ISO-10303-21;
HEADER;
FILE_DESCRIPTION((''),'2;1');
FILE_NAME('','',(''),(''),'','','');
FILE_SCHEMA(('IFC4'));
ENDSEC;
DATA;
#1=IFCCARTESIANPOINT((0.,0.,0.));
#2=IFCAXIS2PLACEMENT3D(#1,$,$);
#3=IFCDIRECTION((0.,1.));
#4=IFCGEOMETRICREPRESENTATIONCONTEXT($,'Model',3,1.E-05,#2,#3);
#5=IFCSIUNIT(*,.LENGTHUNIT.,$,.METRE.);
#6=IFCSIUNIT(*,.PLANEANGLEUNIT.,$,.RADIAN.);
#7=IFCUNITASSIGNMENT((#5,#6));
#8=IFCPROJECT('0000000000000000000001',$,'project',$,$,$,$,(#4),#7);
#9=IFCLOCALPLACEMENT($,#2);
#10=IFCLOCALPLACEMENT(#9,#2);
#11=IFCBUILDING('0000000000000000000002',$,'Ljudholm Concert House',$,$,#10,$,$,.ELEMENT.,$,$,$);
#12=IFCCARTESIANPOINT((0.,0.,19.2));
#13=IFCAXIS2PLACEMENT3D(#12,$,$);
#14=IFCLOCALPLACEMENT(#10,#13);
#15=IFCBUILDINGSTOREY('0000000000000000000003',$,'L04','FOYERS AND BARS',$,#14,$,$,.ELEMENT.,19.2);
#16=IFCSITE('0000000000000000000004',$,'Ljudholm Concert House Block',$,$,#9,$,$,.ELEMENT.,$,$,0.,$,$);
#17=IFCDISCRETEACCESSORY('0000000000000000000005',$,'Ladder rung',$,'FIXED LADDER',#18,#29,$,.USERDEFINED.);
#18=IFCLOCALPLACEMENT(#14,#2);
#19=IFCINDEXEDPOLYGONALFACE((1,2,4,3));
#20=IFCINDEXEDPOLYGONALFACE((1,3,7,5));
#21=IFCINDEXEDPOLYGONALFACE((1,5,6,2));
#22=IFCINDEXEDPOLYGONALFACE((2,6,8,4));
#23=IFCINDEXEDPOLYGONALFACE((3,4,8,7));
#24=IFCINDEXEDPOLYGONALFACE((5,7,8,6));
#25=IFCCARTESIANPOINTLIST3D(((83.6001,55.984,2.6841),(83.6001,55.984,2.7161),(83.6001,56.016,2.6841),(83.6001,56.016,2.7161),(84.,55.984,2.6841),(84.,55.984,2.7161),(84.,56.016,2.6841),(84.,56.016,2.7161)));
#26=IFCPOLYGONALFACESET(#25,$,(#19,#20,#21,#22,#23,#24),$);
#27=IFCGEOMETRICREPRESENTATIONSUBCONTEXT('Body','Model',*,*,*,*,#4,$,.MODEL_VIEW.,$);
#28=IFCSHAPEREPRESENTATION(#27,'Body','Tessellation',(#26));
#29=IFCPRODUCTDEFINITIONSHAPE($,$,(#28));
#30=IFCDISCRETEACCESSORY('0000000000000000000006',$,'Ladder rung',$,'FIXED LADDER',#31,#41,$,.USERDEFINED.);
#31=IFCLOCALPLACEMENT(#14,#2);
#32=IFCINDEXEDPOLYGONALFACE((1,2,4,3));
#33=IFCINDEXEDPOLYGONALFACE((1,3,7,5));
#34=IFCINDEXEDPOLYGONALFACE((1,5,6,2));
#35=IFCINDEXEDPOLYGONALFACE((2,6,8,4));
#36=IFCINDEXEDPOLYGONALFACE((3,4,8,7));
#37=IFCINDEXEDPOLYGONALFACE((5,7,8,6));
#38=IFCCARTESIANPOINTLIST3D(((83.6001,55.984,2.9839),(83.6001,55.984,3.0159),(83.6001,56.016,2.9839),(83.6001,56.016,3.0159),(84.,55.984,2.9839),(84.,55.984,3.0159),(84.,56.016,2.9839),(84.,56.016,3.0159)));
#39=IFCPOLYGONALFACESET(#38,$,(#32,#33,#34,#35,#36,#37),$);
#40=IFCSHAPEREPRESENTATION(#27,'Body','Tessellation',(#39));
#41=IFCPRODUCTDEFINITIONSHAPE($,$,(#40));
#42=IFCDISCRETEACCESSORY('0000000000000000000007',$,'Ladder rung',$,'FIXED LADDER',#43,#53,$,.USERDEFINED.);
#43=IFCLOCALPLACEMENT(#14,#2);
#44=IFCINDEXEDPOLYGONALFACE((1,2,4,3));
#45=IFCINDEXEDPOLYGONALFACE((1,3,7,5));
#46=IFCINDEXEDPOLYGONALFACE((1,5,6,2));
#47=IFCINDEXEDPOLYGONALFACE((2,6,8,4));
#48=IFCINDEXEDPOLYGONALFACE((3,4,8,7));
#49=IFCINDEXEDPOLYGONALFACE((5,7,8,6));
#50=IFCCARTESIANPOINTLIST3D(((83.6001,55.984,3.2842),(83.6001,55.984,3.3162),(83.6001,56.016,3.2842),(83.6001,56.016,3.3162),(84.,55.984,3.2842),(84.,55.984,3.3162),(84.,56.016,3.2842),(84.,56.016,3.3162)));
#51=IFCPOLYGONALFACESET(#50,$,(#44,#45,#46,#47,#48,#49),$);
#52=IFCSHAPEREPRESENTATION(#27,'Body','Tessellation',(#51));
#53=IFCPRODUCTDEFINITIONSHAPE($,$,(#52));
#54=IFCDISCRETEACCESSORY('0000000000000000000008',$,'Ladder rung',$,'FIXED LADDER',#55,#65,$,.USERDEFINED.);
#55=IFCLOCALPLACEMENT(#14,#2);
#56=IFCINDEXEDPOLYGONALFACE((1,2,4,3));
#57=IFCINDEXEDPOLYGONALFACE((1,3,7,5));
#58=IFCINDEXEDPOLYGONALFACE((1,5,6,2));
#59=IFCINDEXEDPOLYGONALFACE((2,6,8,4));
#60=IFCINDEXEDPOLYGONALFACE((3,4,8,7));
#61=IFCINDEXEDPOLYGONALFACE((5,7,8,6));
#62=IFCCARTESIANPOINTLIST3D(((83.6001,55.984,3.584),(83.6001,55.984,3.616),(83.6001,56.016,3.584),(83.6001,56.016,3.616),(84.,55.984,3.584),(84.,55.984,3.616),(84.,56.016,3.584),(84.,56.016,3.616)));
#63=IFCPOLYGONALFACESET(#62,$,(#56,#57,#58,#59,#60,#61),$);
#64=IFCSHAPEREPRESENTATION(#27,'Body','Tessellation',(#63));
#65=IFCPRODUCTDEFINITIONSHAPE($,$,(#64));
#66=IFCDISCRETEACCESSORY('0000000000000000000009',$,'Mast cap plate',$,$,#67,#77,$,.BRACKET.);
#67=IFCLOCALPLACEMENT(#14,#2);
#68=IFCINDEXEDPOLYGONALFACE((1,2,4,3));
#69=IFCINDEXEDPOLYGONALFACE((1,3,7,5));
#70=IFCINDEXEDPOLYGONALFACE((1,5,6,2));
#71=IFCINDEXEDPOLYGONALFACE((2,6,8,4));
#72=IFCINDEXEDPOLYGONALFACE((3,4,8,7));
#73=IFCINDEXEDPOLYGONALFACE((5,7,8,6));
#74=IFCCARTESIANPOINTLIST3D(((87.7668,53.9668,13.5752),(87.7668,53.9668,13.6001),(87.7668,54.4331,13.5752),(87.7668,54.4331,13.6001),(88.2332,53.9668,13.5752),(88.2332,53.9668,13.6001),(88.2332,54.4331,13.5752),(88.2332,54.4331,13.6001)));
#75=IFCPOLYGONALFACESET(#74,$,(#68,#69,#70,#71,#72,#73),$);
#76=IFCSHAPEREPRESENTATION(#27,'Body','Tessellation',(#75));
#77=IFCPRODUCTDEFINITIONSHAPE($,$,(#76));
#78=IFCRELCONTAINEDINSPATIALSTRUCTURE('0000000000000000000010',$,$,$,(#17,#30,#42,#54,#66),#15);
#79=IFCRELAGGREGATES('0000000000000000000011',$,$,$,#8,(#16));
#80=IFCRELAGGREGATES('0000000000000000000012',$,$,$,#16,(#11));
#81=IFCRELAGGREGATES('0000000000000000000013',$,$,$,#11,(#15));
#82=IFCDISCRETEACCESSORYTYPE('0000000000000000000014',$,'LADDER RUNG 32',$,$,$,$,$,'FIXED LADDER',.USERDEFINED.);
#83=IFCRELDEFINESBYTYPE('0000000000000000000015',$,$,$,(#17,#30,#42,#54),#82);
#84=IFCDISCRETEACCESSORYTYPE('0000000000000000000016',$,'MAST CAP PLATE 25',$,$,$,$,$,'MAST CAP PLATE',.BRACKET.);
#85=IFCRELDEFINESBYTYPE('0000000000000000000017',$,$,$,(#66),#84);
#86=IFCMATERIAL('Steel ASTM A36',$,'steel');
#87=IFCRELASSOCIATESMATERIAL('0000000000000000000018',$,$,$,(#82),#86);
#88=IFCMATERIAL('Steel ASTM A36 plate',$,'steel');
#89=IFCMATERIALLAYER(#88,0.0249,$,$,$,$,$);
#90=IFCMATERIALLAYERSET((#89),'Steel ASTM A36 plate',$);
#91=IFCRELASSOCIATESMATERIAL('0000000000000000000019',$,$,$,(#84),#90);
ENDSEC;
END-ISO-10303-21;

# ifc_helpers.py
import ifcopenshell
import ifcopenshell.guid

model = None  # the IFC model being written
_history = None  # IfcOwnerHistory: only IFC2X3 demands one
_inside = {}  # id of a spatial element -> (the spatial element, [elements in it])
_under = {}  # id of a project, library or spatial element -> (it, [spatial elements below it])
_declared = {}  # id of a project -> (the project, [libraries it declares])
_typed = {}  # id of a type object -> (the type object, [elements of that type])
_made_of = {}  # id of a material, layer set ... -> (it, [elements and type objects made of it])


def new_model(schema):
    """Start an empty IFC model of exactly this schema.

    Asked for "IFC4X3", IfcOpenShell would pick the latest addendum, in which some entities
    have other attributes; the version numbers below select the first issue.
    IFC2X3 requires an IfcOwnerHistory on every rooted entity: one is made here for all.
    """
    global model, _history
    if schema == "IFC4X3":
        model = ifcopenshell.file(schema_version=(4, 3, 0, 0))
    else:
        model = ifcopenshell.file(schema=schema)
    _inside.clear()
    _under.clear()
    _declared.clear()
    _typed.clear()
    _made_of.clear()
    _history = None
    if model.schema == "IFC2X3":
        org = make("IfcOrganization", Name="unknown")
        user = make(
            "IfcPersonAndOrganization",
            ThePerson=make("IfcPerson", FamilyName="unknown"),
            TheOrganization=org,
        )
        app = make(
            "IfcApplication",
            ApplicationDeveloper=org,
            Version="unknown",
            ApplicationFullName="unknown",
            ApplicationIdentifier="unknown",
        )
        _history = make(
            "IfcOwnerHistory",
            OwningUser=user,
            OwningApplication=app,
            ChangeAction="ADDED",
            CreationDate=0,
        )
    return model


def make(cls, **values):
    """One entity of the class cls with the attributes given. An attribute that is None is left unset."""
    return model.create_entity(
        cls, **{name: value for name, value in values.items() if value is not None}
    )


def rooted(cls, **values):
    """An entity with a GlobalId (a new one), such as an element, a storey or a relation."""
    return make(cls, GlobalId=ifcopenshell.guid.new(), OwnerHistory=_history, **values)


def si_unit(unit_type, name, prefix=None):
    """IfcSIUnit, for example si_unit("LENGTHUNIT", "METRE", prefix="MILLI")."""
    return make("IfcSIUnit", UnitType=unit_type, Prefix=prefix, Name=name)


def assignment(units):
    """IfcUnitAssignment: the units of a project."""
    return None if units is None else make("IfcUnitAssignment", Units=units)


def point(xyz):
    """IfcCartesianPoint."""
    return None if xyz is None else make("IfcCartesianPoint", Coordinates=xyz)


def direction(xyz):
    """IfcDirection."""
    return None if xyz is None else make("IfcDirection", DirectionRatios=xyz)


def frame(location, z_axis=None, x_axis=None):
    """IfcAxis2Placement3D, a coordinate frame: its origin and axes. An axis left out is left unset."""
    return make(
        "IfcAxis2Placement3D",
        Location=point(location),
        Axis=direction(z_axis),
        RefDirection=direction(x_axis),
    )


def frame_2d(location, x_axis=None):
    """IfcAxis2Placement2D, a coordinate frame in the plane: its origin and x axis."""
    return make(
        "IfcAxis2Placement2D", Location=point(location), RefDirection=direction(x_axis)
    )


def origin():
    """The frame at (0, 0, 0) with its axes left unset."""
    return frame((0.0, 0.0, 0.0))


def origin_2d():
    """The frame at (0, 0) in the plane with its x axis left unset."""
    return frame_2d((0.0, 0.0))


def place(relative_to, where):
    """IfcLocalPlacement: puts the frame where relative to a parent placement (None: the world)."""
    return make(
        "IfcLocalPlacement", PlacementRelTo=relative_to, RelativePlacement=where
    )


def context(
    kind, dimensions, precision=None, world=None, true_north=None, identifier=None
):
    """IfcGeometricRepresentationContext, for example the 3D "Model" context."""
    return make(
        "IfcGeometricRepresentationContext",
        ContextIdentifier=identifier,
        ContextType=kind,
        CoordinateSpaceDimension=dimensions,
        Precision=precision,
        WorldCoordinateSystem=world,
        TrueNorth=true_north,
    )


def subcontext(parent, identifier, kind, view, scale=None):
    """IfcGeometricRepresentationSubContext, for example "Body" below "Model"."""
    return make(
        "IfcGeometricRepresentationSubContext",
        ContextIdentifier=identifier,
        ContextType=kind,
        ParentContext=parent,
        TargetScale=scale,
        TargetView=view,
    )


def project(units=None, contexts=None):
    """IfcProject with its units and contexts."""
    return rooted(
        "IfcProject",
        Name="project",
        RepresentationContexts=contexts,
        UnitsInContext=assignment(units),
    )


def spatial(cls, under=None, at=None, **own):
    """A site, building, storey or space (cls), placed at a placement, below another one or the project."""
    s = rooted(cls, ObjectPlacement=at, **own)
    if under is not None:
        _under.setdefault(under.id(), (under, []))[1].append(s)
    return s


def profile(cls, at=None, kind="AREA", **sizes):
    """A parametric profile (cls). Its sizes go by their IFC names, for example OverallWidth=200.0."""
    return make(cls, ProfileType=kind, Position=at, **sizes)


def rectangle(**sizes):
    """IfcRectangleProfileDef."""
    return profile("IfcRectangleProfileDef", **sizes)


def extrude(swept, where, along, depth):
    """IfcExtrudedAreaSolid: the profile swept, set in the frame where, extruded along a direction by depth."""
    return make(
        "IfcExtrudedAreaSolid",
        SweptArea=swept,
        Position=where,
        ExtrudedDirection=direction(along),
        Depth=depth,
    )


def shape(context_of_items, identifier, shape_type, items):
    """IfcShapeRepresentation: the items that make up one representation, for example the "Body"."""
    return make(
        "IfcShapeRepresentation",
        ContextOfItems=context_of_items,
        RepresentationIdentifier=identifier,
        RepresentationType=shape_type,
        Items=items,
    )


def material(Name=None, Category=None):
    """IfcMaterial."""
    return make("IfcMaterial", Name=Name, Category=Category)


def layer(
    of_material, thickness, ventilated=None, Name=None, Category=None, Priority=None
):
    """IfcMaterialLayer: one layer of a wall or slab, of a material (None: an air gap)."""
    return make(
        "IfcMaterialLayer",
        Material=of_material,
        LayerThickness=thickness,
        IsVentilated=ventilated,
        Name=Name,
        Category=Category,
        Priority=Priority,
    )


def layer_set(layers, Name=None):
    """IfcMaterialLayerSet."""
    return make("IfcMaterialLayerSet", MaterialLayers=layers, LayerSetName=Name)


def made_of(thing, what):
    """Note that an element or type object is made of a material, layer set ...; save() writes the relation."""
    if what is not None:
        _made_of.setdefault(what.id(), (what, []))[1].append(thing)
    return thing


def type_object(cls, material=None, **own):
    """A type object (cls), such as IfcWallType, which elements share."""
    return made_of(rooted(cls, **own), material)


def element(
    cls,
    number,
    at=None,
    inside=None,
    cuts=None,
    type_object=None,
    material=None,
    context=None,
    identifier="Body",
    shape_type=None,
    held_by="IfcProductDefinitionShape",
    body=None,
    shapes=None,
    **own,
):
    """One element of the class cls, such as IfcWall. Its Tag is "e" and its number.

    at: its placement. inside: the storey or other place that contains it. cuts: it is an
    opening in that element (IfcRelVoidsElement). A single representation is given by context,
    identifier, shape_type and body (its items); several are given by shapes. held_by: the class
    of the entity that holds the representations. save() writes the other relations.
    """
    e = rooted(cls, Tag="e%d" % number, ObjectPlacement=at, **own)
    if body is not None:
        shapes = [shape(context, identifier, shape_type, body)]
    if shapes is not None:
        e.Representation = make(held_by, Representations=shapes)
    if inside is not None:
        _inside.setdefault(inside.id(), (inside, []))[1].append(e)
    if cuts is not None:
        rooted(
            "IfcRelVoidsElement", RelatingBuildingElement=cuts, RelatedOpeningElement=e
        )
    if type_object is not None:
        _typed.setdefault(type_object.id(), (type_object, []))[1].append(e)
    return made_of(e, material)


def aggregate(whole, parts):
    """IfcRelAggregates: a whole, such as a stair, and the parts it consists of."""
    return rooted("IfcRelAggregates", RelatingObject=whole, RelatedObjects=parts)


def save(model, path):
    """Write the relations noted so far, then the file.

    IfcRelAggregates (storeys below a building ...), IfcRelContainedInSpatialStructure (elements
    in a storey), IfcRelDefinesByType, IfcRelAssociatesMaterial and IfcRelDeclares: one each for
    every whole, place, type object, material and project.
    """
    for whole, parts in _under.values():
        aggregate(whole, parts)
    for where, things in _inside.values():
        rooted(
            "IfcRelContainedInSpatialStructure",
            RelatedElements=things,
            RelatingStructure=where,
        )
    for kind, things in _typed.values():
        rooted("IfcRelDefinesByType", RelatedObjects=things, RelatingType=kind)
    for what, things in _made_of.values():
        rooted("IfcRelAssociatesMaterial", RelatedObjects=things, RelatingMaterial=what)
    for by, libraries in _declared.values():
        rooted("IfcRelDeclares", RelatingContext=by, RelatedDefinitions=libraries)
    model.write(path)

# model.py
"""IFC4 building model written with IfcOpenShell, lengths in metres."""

from ifc_helpers import new_model, si_unit, direction, frame, origin, origin_2d, place, context, subcontext, project, spatial, rectangle, extrude, material, layer, layer_set, type_object, element, save


model = new_model("IFC4")

# Units and contexts
model_context = context("Model", 3, precision=1e-05, world=origin(), true_north=direction((0.0, 1.0)))
body_context = subcontext(model_context, "Body", "Model", "MODEL_VIEW")
ifc_project = project(units=[si_unit("LENGTHUNIT", "METRE"), si_unit("PLANEANGLEUNIT", "RADIAN")], contexts=[model_context])

# Site, building, storey
site_placement = place(None, origin())
site = spatial("IfcSite", under=ifc_project, at=site_placement, Name="Ljudholm Concert House Block", CompositionType="ELEMENT", RefElevation=0.0)
building_placement = place(site_placement, origin())
building = spatial("IfcBuilding", under=site, at=building_placement, Name="Ljudholm Concert House", CompositionType="ELEMENT")
storey_placement = place(building_placement, frame((0.0, 0.0, 19.2)))
storey = spatial("IfcBuildingStorey", under=building, at=storey_placement, Name="L04", Description="FOYERS AND BARS", CompositionType="ELEMENT", Elevation=19.2)

# Discrete accessories
ifc_material_1 = material(Name="Steel ASTM A36", Category="steel")
discrete_accessory_type_1 = type_object("IfcDiscreteAccessoryType", Name="LADDER RUNG 32", ElementType="FIXED LADDER", PredefinedType="USERDEFINED", material=ifc_material_1)
for number, where, z_axis, x_axis, name in (
    (1, (83.8, 56.0, 2.6841), (0.0, 0.0, 1.0), (1.0, 0.0, 0.0), "Ladder rung"),
    (2, (83.8, 56.0, 2.9839), (0.0, 0.0, 1.0), (1.0, 0.0, 0.0), "Ladder rung"),
    (3, (83.8, 56.0, 3.2842), (0.0, 0.0, 1.0), (1.0, 0.0, 0.0), "Ladder rung"),
    (4, (83.8, 56.0, 3.584), (0.0, 0.0, 1.0), (1.0, 0.0, 0.0), "Ladder rung"),
):
    element("IfcDiscreteAccessory", number, at=place(storey_placement, frame(where, z_axis=z_axis, x_axis=x_axis)), inside=storey, type_object=discrete_accessory_type_1, Name=name, ObjectType="FIXED LADDER", PredefinedType="USERDEFINED", context=body_context, shape_type="SweptSolid", body=[
        extrude(rectangle(XDim=0.3999, YDim=0.032, at=origin_2d()), origin(), (0.0, 0.0, 1.0), 0.032),
    ])
ifc_material_2 = material(Name="Steel ASTM A36 plate", Category="steel")
ifc_layer_1 = layer(ifc_material_2, 0.0249)
ifc_layer_set_1 = layer_set([ifc_layer_1], Name="Steel ASTM A36 plate")
discrete_accessory_type_2 = type_object("IfcDiscreteAccessoryType", Name="MAST CAP PLATE 25", ElementType="MAST CAP PLATE", PredefinedType="BRACKET", material=ifc_layer_set_1)
discrete_accessory_placement = place(storey_placement, frame((88.0, 54.2, 13.5752), z_axis=(0.0, 0.0, 1.0), x_axis=(1.0, 0.0, 0.0)))
element("IfcDiscreteAccessory", 5, at=discrete_accessory_placement, inside=storey, type_object=discrete_accessory_type_2, Name="Mast cap plate", PredefinedType="BRACKET", context=body_context, shape_type="SweptSolid", body=[
    extrude(rectangle(XDim=0.4663, YDim=0.4663, at=origin_2d()), origin(), (0.0, 0.0, 1.0), 0.0249),
])

save(model, "model.ifc")
